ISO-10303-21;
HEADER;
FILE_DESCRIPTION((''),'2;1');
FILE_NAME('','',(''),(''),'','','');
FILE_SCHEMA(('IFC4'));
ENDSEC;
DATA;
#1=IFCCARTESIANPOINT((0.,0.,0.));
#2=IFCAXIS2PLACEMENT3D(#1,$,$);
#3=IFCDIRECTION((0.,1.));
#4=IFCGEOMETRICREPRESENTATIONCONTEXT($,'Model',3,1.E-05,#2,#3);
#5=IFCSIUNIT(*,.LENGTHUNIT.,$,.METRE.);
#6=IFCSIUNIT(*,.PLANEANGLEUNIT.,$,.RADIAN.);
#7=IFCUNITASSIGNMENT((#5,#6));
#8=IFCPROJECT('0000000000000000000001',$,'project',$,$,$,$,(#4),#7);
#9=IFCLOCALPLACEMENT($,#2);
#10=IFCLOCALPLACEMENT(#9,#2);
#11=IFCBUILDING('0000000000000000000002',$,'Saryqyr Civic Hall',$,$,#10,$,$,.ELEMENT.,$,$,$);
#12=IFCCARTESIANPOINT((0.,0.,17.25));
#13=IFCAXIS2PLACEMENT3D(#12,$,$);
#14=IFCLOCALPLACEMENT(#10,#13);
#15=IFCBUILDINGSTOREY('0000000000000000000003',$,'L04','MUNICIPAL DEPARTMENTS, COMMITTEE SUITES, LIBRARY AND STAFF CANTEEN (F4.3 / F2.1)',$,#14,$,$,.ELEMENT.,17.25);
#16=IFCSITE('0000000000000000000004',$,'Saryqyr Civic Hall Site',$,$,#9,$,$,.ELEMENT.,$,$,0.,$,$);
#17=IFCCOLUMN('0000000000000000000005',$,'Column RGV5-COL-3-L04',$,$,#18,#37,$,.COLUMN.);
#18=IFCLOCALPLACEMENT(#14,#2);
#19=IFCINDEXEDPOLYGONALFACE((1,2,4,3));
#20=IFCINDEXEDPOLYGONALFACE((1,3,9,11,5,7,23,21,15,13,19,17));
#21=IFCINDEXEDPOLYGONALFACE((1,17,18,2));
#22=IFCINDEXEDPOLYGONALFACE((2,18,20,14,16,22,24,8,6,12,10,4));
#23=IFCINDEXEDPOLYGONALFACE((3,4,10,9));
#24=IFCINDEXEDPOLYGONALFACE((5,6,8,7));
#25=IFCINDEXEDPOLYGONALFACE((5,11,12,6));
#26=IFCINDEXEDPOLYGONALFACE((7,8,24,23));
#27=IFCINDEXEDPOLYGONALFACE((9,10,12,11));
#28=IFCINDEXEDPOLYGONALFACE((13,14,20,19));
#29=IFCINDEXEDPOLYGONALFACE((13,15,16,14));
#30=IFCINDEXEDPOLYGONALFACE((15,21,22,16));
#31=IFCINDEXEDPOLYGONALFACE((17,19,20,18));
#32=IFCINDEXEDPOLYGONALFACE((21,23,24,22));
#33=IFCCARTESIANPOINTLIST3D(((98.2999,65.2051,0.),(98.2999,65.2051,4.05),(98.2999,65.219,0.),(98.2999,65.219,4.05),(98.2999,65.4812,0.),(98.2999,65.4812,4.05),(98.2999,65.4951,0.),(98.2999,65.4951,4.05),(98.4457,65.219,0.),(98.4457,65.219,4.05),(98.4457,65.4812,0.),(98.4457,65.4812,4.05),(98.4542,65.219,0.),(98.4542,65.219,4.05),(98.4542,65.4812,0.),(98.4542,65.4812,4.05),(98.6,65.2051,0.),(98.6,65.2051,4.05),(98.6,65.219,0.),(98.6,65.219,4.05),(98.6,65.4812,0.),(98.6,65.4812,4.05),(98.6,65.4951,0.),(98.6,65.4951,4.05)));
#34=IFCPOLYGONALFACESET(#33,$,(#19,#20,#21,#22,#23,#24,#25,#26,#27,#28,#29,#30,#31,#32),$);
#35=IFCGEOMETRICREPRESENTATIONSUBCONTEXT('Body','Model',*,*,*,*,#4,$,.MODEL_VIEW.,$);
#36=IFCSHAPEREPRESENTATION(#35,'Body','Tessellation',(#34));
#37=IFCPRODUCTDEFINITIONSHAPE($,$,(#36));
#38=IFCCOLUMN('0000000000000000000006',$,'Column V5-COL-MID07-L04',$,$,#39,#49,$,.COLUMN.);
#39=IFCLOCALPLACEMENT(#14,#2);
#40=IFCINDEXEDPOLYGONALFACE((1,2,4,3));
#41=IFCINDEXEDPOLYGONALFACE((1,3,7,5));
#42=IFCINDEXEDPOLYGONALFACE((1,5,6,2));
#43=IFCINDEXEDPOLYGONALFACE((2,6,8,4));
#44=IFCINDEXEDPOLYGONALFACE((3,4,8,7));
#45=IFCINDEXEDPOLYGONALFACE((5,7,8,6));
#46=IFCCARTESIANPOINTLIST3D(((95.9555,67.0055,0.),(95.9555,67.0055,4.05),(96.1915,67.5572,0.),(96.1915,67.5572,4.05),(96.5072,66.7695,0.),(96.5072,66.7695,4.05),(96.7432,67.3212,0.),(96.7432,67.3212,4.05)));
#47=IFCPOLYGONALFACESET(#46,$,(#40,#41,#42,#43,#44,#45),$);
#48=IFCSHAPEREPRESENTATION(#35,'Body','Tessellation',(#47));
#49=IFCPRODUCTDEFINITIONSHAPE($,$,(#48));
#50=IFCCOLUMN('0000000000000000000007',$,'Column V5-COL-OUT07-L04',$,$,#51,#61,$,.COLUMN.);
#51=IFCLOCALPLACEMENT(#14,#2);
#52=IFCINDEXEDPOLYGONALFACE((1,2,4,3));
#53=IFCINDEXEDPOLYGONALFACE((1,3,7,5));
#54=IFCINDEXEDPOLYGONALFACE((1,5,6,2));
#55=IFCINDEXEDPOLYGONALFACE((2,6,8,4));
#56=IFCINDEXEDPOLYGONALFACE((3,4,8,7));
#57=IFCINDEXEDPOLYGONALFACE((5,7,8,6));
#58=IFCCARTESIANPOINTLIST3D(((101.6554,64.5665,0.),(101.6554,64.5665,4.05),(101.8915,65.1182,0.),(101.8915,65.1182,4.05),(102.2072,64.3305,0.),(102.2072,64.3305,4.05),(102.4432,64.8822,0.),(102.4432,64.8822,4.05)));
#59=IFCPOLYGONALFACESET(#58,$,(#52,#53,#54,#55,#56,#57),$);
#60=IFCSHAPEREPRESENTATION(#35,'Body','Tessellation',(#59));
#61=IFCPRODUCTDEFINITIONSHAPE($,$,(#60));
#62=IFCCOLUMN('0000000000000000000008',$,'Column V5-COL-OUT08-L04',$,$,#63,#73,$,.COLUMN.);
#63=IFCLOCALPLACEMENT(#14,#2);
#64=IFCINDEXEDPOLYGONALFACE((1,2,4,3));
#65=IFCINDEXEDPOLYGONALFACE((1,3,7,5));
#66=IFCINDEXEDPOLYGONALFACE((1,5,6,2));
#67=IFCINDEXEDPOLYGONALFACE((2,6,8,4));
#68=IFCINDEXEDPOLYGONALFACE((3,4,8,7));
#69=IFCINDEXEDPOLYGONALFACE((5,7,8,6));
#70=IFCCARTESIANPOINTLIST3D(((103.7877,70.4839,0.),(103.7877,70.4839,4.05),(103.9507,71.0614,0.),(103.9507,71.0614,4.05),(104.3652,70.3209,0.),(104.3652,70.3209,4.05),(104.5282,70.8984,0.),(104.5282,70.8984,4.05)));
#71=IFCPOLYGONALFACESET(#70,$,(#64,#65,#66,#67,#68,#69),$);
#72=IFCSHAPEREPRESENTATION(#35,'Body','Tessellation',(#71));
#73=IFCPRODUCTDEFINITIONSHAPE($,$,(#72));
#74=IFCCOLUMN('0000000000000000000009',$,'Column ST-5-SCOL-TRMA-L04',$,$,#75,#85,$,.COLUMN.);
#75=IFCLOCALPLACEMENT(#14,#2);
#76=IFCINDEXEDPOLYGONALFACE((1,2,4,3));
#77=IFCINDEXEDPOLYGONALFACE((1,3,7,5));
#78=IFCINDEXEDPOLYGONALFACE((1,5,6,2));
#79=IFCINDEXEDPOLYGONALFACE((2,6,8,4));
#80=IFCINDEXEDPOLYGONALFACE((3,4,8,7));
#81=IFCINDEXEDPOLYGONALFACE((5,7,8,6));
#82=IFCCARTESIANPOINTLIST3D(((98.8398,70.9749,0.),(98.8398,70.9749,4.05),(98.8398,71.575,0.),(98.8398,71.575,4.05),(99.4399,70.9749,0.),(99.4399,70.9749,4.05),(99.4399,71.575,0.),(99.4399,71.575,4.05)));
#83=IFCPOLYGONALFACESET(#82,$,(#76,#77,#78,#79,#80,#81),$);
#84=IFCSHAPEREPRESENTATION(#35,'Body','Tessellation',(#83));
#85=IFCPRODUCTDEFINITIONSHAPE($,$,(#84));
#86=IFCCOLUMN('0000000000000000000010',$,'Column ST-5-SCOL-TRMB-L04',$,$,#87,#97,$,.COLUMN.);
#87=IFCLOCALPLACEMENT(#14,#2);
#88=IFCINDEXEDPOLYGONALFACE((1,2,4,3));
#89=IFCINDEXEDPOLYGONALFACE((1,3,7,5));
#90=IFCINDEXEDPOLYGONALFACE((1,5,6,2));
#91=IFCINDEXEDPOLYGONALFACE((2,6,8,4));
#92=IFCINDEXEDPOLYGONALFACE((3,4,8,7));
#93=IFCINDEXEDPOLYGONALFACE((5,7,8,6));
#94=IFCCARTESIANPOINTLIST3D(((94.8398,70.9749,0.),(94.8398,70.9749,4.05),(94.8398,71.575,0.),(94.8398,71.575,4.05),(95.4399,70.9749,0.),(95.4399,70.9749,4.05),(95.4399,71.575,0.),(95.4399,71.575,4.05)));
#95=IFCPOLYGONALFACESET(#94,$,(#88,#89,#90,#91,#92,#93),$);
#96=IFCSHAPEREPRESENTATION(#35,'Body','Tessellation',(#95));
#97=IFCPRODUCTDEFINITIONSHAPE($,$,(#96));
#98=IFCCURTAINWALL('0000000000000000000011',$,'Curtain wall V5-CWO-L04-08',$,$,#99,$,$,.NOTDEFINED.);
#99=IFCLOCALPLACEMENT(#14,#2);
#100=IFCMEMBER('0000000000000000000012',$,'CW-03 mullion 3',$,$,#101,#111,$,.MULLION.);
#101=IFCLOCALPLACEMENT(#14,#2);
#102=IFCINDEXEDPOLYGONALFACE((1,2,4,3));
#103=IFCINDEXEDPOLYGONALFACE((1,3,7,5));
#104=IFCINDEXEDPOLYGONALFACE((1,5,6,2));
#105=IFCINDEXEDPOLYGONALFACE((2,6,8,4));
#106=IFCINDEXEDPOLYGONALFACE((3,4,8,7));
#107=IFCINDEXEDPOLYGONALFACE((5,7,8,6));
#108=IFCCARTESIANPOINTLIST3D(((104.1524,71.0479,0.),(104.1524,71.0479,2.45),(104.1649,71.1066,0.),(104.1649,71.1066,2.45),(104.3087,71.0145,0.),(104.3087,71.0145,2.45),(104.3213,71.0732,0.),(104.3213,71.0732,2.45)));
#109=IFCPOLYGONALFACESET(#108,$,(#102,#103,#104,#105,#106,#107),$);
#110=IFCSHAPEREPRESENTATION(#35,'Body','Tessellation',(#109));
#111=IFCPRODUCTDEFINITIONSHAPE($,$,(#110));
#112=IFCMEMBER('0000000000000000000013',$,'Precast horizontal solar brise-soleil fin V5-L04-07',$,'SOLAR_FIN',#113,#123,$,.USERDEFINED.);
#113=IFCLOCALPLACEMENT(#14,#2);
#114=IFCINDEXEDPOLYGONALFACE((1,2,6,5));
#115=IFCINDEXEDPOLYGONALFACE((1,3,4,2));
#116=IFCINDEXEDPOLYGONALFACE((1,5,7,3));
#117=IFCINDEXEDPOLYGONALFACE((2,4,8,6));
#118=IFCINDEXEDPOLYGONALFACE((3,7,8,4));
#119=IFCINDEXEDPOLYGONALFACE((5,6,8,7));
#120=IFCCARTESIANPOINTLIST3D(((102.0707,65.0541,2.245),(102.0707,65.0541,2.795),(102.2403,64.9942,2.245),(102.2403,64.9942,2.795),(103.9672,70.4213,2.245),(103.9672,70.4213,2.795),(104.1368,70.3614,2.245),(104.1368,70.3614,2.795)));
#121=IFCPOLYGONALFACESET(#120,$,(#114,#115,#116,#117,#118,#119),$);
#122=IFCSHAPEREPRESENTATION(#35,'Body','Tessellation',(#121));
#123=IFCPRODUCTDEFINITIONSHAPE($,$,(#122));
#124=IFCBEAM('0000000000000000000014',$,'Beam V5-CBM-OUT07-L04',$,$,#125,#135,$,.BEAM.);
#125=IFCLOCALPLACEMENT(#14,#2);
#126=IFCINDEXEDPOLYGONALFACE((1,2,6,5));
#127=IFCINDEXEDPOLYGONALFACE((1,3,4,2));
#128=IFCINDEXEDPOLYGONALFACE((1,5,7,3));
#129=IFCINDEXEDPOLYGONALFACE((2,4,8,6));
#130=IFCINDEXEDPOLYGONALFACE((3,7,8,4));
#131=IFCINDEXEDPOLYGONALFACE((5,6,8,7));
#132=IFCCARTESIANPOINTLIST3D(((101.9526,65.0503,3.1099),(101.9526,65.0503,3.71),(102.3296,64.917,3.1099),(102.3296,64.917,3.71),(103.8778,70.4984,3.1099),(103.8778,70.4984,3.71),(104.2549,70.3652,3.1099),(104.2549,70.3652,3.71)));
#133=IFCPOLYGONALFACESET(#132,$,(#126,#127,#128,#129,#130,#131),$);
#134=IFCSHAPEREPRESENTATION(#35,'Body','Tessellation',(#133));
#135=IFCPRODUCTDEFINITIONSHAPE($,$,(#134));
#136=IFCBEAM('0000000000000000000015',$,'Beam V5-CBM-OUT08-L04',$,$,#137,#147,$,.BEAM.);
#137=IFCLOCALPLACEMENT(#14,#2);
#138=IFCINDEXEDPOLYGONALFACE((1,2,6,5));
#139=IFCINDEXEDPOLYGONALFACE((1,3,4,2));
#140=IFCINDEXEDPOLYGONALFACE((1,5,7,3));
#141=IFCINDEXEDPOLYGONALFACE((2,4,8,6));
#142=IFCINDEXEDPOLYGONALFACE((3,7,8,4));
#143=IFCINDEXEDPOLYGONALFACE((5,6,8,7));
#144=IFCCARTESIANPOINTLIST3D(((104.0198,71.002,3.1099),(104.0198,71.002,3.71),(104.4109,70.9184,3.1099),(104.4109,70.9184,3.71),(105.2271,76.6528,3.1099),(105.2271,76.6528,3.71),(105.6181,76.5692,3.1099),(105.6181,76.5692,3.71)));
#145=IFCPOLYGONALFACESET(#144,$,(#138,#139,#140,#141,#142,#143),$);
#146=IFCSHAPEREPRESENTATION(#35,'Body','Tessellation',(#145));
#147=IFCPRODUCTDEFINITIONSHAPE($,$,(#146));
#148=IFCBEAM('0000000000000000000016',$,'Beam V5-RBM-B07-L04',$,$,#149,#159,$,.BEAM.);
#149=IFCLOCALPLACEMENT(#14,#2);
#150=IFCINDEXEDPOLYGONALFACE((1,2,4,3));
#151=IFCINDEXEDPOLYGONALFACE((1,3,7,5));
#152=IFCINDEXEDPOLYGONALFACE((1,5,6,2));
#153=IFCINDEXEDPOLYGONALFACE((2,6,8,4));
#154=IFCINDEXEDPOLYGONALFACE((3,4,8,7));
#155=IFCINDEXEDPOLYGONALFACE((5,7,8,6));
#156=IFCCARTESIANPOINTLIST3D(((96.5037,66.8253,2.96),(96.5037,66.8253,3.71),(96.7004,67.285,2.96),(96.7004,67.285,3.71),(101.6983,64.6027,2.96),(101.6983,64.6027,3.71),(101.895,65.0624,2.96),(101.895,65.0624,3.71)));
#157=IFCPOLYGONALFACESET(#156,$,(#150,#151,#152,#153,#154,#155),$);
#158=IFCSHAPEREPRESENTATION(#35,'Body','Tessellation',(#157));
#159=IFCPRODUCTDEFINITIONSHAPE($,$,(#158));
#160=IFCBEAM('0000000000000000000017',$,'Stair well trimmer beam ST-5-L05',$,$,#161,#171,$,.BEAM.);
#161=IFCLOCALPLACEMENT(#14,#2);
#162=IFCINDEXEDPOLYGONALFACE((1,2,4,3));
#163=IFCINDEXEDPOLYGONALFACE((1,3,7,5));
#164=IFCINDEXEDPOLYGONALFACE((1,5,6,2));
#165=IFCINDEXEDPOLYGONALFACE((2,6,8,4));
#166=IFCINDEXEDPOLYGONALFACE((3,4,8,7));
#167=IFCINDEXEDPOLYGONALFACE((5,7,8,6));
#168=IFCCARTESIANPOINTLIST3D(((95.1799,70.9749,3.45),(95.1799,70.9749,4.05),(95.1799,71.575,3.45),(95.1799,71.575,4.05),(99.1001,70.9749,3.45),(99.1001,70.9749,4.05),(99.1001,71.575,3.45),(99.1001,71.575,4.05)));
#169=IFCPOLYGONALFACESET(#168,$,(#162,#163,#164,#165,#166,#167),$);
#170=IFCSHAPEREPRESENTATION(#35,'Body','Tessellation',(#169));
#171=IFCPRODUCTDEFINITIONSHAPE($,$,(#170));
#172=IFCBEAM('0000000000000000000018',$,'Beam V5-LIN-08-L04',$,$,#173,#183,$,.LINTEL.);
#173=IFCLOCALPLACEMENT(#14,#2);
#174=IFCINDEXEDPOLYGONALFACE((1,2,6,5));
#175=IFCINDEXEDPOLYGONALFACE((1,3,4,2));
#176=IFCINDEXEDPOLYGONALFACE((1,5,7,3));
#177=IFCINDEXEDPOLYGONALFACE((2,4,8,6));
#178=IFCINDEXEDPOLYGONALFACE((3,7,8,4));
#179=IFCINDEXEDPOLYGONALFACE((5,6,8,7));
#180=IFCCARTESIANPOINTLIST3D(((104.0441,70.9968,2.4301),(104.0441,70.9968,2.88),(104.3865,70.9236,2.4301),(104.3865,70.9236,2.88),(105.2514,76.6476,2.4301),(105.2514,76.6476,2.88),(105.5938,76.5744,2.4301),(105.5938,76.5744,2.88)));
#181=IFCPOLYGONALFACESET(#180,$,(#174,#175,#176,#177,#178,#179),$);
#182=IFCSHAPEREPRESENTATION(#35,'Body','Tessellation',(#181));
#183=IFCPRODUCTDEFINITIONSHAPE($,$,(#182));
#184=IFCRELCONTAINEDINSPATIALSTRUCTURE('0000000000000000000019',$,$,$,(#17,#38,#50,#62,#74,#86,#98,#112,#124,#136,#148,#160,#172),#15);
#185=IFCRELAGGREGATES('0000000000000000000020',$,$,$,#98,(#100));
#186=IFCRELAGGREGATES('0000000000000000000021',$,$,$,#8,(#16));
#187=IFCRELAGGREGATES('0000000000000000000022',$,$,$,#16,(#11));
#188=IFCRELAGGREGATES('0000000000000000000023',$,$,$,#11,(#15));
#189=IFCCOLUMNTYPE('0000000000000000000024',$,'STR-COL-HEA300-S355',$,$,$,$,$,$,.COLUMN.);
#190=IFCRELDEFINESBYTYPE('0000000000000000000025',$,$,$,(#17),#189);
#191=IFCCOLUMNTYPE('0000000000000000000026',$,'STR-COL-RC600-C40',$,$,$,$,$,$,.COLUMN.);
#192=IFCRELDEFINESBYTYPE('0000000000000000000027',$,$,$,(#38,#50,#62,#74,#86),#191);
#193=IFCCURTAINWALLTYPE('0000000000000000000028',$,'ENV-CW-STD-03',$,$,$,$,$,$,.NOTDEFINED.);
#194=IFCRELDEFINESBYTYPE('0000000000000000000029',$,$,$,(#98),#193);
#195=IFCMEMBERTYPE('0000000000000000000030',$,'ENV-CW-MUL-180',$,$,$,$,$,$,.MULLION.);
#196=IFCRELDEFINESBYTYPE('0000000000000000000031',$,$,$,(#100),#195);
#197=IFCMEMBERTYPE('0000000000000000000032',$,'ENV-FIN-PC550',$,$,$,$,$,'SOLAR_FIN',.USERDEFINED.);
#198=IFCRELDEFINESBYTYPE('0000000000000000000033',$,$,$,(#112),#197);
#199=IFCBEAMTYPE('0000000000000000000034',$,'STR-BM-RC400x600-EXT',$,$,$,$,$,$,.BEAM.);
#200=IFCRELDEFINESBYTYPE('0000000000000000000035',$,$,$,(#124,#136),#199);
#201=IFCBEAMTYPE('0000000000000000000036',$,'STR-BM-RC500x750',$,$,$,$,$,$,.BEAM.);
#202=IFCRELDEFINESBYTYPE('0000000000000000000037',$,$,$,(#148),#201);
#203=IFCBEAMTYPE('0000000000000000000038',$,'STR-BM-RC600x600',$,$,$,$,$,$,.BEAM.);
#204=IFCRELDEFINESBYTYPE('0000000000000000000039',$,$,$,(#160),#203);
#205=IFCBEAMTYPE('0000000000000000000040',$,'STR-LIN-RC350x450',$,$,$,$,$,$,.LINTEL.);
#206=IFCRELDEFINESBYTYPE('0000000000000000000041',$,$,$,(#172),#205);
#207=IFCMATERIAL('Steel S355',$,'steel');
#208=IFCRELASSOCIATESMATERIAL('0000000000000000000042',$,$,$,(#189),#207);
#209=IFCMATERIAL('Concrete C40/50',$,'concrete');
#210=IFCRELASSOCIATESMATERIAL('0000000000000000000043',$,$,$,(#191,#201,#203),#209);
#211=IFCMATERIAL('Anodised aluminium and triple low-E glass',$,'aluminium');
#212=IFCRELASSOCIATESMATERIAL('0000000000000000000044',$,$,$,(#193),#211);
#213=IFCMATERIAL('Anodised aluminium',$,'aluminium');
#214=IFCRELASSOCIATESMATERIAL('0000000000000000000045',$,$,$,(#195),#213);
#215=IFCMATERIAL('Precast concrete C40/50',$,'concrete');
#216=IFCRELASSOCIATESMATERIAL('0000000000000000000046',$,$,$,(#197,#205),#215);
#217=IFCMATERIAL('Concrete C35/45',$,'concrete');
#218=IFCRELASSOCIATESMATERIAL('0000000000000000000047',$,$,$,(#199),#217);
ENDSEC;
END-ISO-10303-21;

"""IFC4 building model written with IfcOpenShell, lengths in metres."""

from ifc_helpers import new_model, si_unit, direction, frame, origin, origin_2d, place, context, subcontext, project, spatial, rectangle, i_section, extrude, material, material_profile, profile_set, type_object, element, aggregate, save


model = new_model("IFC4")

# Units and contexts
model_context = context("Model", 3, precision=1e-05, world=origin(), true_north=direction((0.0, 1.0)))
body_context = subcontext(model_context, "Body", "Model", "MODEL_VIEW")
ifc_project = project(units=[si_unit("LENGTHUNIT", "METRE"), si_unit("PLANEANGLEUNIT", "RADIAN")], contexts=[model_context])

# Site, building, storey
site_placement = place(None, origin())
site = spatial("IfcSite", under=ifc_project, at=site_placement, Name="Saryqyr Civic Hall Site", CompositionType="ELEMENT", RefElevation=0.0)
building_placement = place(site_placement, origin())
building = spatial("IfcBuilding", under=site, at=building_placement, Name="Saryqyr Civic Hall", CompositionType="ELEMENT")
storey_placement = place(building_placement, frame((0.0, 0.0, 17.25)))
storey = spatial("IfcBuildingStorey", under=building, at=storey_placement, Name="L04", Description="MUNICIPAL DEPARTMENTS, COMMITTEE SUITES, LIBRARY AND STAFF CANTEEN (F4.3 / F2.1)", CompositionType="ELEMENT", Elevation=17.25)

# Columns
ifc_material_1 = material(Name="Steel S355", Category="steel")
ifc_material_profile_1 = material_profile(ifc_material_1, i_section(OverallWidth=0.3, OverallDepth=0.29, WebThickness=0.0085, FlangeThickness=0.0139, at=origin_2d()), Name="HEA 300")
ifc_profile_set_1 = profile_set([ifc_material_profile_1], Name="Steel S355")
column_type_1 = type_object("IfcColumnType", Name="STR-COL-HEA300-S355", PredefinedType="COLUMN", material=ifc_profile_set_1)
column_placement = place(storey_placement, frame((98.45, 65.3501, 0.0), z_axis=(0.0, 0.0, 1.0), x_axis=(1.0, 0.0, 0.0)))
element("IfcColumn", 1, at=column_placement, inside=storey, type_object=column_type_1, Name="Column RGV5-COL-3-L04", PredefinedType="COLUMN", context=body_context, shape_type="SweptSolid", body=[
    extrude(i_section(OverallWidth=0.3, OverallDepth=0.29, WebThickness=0.0085, FlangeThickness=0.0139, at=origin_2d()), origin(), (0.0, 0.0, 1.0), 4.05),
])
ifc_material_2 = material(Name="Concrete C40/50", Category="concrete")
ifc_material_profile_2 = material_profile(ifc_material_2, rectangle(XDim=0.6001, YDim=0.6001, at=origin_2d()), Name="RC 600x600")
ifc_profile_set_2 = profile_set([ifc_material_profile_2], Name="Concrete C40/50")
column_type_2 = type_object("IfcColumnType", Name="STR-COL-RC600-C40", PredefinedType="COLUMN", material=ifc_profile_set_2)
for number, where, z_axis, x_axis, name in (
    (2, (96.3494, 67.1633, 0.0), (0.0, 0.0, 1.0), (0.91941, -0.3933, 0.0), "Column V5-COL-MID07-L04"),
    (3, (102.0493, 64.7244, 0.0), (0.0, 0.0, 1.0), (0.91941, -0.3933, 0.0), "Column V5-COL-OUT07-L04"),
    (4, (104.158, 70.6912, 0.0), (0.0, 0.0, 1.0), (0.962408, -0.271608, 0.0), "Column V5-COL-OUT08-L04"),
    (5, (99.1399, 71.2749, 0.0), (0.0, 0.0, 1.0), (1.0, 0.0, 0.0), "Column ST-5-SCOL-TRMA-L04"),
    (6, (95.1399, 71.2749, 0.0), (0.0, 0.0, 1.0), (1.0, 0.0, 0.0), "Column ST-5-SCOL-TRMB-L04"),
):
    element("IfcColumn", number, at=place(storey_placement, frame(where, z_axis=z_axis, x_axis=x_axis)), inside=storey, type_object=column_type_2, Name=name, PredefinedType="COLUMN", context=body_context, shape_type="SweptSolid", body=[
        extrude(rectangle(XDim=0.6001, YDim=0.6001, at=origin_2d()), origin(), (0.0, 0.0, 1.0), 4.05),
    ])

# Curtain wall, member
ifc_material_3 = material(Name="Anodised aluminium and triple low-E glass", Category="aluminium")
curtain_wall_type = type_object("IfcCurtainWallType", Name="ENV-CW-STD-03", PredefinedType="NOTDEFINED", material=ifc_material_3)
curtain_wall_placement = place(storey_placement, origin())
curtain_wall = element("IfcCurtainWall", 7, at=curtain_wall_placement, inside=storey, type_object=curtain_wall_type, Name="Curtain wall V5-CWO-L04-08", PredefinedType="NOTDEFINED")
ifc_material_4 = material(Name="Anodised aluminium", Category="aluminium")
ifc_material_profile_3 = material_profile(ifc_material_4, rectangle(XDim=0.0601, YDim=0.1599, at=origin_2d()), Name="ALU MULLION 60x160")
ifc_profile_set_3 = profile_set([ifc_material_profile_3], Name="Anodised aluminium")
member_type_1 = type_object("IfcMemberType", Name="ENV-CW-MUL-180", PredefinedType="MULLION", material=ifc_profile_set_3)
member_1_placement = place(storey_placement, frame((104.2368, 71.0605, 0.0), z_axis=(0.0, 0.0, 1.0), x_axis=(-0.208908, -0.977935, 0.0)))
member_1 = element("IfcMember", 8, at=member_1_placement, type_object=member_type_1, Name="CW-03 mullion 3", PredefinedType="MULLION", context=body_context, shape_type="SweptSolid", body=[
    extrude(rectangle(XDim=0.0601, YDim=0.1599, at=origin_2d()), origin(), (0.0, 0.0, 1.0), 2.45),
])
aggregate(curtain_wall, [member_1])

# Member
ifc_material_5 = material(Name="Precast concrete C40/50", Category="concrete")
ifc_material_profile_4 = material_profile(ifc_material_5, rectangle(XDim=0.1799, YDim=0.55, at=origin_2d()), Name="PC FIN 180x550")
ifc_profile_set_4 = profile_set([ifc_material_profile_4], Name="Precast concrete C40/50")
member_type_2 = type_object("IfcMemberType", Name="ENV-FIN-PC550", ElementType="SOLAR_FIN", PredefinedType="USERDEFINED", material=ifc_profile_set_4)
member_2_placement = place(storey_placement, frame((102.1555, 65.0242, 2.52), z_axis=(0.333161, 0.94287, 0.0), x_axis=(-0.94287, 0.333161, 0.0)))
element("IfcMember", 9, at=member_2_placement, inside=storey, type_object=member_type_2, Name="Precast horizontal solar brise-soleil fin V5-L04-07", ObjectType="SOLAR_FIN", PredefinedType="USERDEFINED", context=body_context, shape_type="SweptSolid", body=[
    extrude(rectangle(XDim=0.1799, YDim=0.55, at=origin_2d()), origin(), (0.0, 0.0, 1.0), 5.6924),
])

# Beams
ifc_material_6 = material(Name="Concrete C35/45", Category="concrete")
ifc_material_profile_5 = material_profile(ifc_material_6, rectangle(XDim=0.3999, YDim=0.6001, at=origin_2d()), Name="RC 400x600")
ifc_profile_set_5 = profile_set([ifc_material_profile_5], Name="Concrete C35/45")
beam_type_1 = type_object("IfcBeamType", Name="STR-BM-RC400x600-EXT", PredefinedType="BEAM", material=ifc_profile_set_5)
for number, where, z_axis, x_axis, name in (
    (10, (102.1411, 64.9836, 3.4099), (0.333187, 0.942861, 0.0), (-0.942861, 0.333187, 0.0), "Beam V5-CBM-OUT07-L04"),
    (11, (104.2153, 70.9602, 3.4099), (0.208929, 0.977931, 0.0), (-0.977931, 0.208929, 0.0), "Beam V5-CBM-OUT08-L04"),
):
    element("IfcBeam", number, at=place(storey_placement, frame(where, z_axis=z_axis, x_axis=x_axis)), inside=storey, type_object=beam_type_1, Name=name, PredefinedType="BEAM", context=body_context, shape_type="SweptSolid", body=[
        extrude(rectangle(XDim=0.3999, YDim=0.6001, at=origin_2d()), origin(), (0.0, 0.0, 1.0), 5.7783),
    ])
ifc_material_profile_6 = material_profile(ifc_material_2, rectangle(XDim=0.5, YDim=0.75, at=origin_2d()), Name="RC 500x750")
ifc_profile_set_6 = profile_set([ifc_material_profile_6], Name="Concrete C40/50")
beam_type_2 = type_object("IfcBeamType", Name="STR-BM-RC500x750", PredefinedType="BEAM", material=ifc_profile_set_6)
beam_1_placement = place(storey_placement, frame((96.6021, 67.0552, 3.335), z_axis=(0.919375, -0.393382, 0.0), x_axis=(0.393382, 0.919375, 0.0)))
element("IfcBeam", 12, at=beam_1_placement, inside=storey, type_object=beam_type_2, Name="Beam V5-RBM-B07-L04", PredefinedType="BEAM", context=body_context, shape_type="SweptSolid", body=[
    extrude(rectangle(XDim=0.5, YDim=0.75, at=origin_2d()), origin(), (0.0, 0.0, 1.0), 5.6501),
])
ifc_material_profile_7 = material_profile(ifc_material_2, rectangle(XDim=0.6001, YDim=0.6001, at=origin_2d()), Name="RC 600x600")
ifc_profile_set_7 = profile_set([ifc_material_profile_7], Name="Concrete C40/50")
beam_type_3 = type_object("IfcBeamType", Name="STR-BM-RC600x600", PredefinedType="BEAM", material=ifc_profile_set_7)
beam_2_placement = place(storey_placement, frame((99.1001, 71.2749, 3.75), z_axis=(-1.0, 0.0, 0.0), x_axis=(0.0, -1.0, 0.0)))
element("IfcBeam", 13, at=beam_2_placement, inside=storey, type_object=beam_type_3, Name="Stair well trimmer beam ST-5-L05", PredefinedType="BEAM", context=body_context, shape_type="SweptSolid", body=[
    extrude(rectangle(XDim=0.6001, YDim=0.6001, at=origin_2d()), origin(), (0.0, 0.0, 1.0), 3.9202),
])
ifc_material_profile_8 = material_profile(ifc_material_5, rectangle(XDim=0.3501, YDim=0.45, at=origin_2d()), Name="RC 350x450")
ifc_profile_set_8 = profile_set([ifc_material_profile_8], Name="Precast concrete C40/50")
beam_type_4 = type_object("IfcBeamType", Name="STR-LIN-RC350x450", PredefinedType="LINTEL", material=ifc_profile_set_8)
beam_3_placement = place(storey_placement, frame((104.2153, 70.9602, 2.655), z_axis=(0.208929, 0.977931, 0.0), x_axis=(-0.977931, 0.208929, 0.0)))
element("IfcBeam", 14, at=beam_3_placement, inside=storey, type_object=beam_type_4, Name="Beam V5-LIN-08-L04", PredefinedType="LINTEL", context=body_context, shape_type="SweptSolid", body=[
    extrude(rectangle(XDim=0.3501, YDim=0.45, at=origin_2d()), origin(), (0.0, 0.0, 1.0), 5.7783),
])

save(model, "model.ifc")
